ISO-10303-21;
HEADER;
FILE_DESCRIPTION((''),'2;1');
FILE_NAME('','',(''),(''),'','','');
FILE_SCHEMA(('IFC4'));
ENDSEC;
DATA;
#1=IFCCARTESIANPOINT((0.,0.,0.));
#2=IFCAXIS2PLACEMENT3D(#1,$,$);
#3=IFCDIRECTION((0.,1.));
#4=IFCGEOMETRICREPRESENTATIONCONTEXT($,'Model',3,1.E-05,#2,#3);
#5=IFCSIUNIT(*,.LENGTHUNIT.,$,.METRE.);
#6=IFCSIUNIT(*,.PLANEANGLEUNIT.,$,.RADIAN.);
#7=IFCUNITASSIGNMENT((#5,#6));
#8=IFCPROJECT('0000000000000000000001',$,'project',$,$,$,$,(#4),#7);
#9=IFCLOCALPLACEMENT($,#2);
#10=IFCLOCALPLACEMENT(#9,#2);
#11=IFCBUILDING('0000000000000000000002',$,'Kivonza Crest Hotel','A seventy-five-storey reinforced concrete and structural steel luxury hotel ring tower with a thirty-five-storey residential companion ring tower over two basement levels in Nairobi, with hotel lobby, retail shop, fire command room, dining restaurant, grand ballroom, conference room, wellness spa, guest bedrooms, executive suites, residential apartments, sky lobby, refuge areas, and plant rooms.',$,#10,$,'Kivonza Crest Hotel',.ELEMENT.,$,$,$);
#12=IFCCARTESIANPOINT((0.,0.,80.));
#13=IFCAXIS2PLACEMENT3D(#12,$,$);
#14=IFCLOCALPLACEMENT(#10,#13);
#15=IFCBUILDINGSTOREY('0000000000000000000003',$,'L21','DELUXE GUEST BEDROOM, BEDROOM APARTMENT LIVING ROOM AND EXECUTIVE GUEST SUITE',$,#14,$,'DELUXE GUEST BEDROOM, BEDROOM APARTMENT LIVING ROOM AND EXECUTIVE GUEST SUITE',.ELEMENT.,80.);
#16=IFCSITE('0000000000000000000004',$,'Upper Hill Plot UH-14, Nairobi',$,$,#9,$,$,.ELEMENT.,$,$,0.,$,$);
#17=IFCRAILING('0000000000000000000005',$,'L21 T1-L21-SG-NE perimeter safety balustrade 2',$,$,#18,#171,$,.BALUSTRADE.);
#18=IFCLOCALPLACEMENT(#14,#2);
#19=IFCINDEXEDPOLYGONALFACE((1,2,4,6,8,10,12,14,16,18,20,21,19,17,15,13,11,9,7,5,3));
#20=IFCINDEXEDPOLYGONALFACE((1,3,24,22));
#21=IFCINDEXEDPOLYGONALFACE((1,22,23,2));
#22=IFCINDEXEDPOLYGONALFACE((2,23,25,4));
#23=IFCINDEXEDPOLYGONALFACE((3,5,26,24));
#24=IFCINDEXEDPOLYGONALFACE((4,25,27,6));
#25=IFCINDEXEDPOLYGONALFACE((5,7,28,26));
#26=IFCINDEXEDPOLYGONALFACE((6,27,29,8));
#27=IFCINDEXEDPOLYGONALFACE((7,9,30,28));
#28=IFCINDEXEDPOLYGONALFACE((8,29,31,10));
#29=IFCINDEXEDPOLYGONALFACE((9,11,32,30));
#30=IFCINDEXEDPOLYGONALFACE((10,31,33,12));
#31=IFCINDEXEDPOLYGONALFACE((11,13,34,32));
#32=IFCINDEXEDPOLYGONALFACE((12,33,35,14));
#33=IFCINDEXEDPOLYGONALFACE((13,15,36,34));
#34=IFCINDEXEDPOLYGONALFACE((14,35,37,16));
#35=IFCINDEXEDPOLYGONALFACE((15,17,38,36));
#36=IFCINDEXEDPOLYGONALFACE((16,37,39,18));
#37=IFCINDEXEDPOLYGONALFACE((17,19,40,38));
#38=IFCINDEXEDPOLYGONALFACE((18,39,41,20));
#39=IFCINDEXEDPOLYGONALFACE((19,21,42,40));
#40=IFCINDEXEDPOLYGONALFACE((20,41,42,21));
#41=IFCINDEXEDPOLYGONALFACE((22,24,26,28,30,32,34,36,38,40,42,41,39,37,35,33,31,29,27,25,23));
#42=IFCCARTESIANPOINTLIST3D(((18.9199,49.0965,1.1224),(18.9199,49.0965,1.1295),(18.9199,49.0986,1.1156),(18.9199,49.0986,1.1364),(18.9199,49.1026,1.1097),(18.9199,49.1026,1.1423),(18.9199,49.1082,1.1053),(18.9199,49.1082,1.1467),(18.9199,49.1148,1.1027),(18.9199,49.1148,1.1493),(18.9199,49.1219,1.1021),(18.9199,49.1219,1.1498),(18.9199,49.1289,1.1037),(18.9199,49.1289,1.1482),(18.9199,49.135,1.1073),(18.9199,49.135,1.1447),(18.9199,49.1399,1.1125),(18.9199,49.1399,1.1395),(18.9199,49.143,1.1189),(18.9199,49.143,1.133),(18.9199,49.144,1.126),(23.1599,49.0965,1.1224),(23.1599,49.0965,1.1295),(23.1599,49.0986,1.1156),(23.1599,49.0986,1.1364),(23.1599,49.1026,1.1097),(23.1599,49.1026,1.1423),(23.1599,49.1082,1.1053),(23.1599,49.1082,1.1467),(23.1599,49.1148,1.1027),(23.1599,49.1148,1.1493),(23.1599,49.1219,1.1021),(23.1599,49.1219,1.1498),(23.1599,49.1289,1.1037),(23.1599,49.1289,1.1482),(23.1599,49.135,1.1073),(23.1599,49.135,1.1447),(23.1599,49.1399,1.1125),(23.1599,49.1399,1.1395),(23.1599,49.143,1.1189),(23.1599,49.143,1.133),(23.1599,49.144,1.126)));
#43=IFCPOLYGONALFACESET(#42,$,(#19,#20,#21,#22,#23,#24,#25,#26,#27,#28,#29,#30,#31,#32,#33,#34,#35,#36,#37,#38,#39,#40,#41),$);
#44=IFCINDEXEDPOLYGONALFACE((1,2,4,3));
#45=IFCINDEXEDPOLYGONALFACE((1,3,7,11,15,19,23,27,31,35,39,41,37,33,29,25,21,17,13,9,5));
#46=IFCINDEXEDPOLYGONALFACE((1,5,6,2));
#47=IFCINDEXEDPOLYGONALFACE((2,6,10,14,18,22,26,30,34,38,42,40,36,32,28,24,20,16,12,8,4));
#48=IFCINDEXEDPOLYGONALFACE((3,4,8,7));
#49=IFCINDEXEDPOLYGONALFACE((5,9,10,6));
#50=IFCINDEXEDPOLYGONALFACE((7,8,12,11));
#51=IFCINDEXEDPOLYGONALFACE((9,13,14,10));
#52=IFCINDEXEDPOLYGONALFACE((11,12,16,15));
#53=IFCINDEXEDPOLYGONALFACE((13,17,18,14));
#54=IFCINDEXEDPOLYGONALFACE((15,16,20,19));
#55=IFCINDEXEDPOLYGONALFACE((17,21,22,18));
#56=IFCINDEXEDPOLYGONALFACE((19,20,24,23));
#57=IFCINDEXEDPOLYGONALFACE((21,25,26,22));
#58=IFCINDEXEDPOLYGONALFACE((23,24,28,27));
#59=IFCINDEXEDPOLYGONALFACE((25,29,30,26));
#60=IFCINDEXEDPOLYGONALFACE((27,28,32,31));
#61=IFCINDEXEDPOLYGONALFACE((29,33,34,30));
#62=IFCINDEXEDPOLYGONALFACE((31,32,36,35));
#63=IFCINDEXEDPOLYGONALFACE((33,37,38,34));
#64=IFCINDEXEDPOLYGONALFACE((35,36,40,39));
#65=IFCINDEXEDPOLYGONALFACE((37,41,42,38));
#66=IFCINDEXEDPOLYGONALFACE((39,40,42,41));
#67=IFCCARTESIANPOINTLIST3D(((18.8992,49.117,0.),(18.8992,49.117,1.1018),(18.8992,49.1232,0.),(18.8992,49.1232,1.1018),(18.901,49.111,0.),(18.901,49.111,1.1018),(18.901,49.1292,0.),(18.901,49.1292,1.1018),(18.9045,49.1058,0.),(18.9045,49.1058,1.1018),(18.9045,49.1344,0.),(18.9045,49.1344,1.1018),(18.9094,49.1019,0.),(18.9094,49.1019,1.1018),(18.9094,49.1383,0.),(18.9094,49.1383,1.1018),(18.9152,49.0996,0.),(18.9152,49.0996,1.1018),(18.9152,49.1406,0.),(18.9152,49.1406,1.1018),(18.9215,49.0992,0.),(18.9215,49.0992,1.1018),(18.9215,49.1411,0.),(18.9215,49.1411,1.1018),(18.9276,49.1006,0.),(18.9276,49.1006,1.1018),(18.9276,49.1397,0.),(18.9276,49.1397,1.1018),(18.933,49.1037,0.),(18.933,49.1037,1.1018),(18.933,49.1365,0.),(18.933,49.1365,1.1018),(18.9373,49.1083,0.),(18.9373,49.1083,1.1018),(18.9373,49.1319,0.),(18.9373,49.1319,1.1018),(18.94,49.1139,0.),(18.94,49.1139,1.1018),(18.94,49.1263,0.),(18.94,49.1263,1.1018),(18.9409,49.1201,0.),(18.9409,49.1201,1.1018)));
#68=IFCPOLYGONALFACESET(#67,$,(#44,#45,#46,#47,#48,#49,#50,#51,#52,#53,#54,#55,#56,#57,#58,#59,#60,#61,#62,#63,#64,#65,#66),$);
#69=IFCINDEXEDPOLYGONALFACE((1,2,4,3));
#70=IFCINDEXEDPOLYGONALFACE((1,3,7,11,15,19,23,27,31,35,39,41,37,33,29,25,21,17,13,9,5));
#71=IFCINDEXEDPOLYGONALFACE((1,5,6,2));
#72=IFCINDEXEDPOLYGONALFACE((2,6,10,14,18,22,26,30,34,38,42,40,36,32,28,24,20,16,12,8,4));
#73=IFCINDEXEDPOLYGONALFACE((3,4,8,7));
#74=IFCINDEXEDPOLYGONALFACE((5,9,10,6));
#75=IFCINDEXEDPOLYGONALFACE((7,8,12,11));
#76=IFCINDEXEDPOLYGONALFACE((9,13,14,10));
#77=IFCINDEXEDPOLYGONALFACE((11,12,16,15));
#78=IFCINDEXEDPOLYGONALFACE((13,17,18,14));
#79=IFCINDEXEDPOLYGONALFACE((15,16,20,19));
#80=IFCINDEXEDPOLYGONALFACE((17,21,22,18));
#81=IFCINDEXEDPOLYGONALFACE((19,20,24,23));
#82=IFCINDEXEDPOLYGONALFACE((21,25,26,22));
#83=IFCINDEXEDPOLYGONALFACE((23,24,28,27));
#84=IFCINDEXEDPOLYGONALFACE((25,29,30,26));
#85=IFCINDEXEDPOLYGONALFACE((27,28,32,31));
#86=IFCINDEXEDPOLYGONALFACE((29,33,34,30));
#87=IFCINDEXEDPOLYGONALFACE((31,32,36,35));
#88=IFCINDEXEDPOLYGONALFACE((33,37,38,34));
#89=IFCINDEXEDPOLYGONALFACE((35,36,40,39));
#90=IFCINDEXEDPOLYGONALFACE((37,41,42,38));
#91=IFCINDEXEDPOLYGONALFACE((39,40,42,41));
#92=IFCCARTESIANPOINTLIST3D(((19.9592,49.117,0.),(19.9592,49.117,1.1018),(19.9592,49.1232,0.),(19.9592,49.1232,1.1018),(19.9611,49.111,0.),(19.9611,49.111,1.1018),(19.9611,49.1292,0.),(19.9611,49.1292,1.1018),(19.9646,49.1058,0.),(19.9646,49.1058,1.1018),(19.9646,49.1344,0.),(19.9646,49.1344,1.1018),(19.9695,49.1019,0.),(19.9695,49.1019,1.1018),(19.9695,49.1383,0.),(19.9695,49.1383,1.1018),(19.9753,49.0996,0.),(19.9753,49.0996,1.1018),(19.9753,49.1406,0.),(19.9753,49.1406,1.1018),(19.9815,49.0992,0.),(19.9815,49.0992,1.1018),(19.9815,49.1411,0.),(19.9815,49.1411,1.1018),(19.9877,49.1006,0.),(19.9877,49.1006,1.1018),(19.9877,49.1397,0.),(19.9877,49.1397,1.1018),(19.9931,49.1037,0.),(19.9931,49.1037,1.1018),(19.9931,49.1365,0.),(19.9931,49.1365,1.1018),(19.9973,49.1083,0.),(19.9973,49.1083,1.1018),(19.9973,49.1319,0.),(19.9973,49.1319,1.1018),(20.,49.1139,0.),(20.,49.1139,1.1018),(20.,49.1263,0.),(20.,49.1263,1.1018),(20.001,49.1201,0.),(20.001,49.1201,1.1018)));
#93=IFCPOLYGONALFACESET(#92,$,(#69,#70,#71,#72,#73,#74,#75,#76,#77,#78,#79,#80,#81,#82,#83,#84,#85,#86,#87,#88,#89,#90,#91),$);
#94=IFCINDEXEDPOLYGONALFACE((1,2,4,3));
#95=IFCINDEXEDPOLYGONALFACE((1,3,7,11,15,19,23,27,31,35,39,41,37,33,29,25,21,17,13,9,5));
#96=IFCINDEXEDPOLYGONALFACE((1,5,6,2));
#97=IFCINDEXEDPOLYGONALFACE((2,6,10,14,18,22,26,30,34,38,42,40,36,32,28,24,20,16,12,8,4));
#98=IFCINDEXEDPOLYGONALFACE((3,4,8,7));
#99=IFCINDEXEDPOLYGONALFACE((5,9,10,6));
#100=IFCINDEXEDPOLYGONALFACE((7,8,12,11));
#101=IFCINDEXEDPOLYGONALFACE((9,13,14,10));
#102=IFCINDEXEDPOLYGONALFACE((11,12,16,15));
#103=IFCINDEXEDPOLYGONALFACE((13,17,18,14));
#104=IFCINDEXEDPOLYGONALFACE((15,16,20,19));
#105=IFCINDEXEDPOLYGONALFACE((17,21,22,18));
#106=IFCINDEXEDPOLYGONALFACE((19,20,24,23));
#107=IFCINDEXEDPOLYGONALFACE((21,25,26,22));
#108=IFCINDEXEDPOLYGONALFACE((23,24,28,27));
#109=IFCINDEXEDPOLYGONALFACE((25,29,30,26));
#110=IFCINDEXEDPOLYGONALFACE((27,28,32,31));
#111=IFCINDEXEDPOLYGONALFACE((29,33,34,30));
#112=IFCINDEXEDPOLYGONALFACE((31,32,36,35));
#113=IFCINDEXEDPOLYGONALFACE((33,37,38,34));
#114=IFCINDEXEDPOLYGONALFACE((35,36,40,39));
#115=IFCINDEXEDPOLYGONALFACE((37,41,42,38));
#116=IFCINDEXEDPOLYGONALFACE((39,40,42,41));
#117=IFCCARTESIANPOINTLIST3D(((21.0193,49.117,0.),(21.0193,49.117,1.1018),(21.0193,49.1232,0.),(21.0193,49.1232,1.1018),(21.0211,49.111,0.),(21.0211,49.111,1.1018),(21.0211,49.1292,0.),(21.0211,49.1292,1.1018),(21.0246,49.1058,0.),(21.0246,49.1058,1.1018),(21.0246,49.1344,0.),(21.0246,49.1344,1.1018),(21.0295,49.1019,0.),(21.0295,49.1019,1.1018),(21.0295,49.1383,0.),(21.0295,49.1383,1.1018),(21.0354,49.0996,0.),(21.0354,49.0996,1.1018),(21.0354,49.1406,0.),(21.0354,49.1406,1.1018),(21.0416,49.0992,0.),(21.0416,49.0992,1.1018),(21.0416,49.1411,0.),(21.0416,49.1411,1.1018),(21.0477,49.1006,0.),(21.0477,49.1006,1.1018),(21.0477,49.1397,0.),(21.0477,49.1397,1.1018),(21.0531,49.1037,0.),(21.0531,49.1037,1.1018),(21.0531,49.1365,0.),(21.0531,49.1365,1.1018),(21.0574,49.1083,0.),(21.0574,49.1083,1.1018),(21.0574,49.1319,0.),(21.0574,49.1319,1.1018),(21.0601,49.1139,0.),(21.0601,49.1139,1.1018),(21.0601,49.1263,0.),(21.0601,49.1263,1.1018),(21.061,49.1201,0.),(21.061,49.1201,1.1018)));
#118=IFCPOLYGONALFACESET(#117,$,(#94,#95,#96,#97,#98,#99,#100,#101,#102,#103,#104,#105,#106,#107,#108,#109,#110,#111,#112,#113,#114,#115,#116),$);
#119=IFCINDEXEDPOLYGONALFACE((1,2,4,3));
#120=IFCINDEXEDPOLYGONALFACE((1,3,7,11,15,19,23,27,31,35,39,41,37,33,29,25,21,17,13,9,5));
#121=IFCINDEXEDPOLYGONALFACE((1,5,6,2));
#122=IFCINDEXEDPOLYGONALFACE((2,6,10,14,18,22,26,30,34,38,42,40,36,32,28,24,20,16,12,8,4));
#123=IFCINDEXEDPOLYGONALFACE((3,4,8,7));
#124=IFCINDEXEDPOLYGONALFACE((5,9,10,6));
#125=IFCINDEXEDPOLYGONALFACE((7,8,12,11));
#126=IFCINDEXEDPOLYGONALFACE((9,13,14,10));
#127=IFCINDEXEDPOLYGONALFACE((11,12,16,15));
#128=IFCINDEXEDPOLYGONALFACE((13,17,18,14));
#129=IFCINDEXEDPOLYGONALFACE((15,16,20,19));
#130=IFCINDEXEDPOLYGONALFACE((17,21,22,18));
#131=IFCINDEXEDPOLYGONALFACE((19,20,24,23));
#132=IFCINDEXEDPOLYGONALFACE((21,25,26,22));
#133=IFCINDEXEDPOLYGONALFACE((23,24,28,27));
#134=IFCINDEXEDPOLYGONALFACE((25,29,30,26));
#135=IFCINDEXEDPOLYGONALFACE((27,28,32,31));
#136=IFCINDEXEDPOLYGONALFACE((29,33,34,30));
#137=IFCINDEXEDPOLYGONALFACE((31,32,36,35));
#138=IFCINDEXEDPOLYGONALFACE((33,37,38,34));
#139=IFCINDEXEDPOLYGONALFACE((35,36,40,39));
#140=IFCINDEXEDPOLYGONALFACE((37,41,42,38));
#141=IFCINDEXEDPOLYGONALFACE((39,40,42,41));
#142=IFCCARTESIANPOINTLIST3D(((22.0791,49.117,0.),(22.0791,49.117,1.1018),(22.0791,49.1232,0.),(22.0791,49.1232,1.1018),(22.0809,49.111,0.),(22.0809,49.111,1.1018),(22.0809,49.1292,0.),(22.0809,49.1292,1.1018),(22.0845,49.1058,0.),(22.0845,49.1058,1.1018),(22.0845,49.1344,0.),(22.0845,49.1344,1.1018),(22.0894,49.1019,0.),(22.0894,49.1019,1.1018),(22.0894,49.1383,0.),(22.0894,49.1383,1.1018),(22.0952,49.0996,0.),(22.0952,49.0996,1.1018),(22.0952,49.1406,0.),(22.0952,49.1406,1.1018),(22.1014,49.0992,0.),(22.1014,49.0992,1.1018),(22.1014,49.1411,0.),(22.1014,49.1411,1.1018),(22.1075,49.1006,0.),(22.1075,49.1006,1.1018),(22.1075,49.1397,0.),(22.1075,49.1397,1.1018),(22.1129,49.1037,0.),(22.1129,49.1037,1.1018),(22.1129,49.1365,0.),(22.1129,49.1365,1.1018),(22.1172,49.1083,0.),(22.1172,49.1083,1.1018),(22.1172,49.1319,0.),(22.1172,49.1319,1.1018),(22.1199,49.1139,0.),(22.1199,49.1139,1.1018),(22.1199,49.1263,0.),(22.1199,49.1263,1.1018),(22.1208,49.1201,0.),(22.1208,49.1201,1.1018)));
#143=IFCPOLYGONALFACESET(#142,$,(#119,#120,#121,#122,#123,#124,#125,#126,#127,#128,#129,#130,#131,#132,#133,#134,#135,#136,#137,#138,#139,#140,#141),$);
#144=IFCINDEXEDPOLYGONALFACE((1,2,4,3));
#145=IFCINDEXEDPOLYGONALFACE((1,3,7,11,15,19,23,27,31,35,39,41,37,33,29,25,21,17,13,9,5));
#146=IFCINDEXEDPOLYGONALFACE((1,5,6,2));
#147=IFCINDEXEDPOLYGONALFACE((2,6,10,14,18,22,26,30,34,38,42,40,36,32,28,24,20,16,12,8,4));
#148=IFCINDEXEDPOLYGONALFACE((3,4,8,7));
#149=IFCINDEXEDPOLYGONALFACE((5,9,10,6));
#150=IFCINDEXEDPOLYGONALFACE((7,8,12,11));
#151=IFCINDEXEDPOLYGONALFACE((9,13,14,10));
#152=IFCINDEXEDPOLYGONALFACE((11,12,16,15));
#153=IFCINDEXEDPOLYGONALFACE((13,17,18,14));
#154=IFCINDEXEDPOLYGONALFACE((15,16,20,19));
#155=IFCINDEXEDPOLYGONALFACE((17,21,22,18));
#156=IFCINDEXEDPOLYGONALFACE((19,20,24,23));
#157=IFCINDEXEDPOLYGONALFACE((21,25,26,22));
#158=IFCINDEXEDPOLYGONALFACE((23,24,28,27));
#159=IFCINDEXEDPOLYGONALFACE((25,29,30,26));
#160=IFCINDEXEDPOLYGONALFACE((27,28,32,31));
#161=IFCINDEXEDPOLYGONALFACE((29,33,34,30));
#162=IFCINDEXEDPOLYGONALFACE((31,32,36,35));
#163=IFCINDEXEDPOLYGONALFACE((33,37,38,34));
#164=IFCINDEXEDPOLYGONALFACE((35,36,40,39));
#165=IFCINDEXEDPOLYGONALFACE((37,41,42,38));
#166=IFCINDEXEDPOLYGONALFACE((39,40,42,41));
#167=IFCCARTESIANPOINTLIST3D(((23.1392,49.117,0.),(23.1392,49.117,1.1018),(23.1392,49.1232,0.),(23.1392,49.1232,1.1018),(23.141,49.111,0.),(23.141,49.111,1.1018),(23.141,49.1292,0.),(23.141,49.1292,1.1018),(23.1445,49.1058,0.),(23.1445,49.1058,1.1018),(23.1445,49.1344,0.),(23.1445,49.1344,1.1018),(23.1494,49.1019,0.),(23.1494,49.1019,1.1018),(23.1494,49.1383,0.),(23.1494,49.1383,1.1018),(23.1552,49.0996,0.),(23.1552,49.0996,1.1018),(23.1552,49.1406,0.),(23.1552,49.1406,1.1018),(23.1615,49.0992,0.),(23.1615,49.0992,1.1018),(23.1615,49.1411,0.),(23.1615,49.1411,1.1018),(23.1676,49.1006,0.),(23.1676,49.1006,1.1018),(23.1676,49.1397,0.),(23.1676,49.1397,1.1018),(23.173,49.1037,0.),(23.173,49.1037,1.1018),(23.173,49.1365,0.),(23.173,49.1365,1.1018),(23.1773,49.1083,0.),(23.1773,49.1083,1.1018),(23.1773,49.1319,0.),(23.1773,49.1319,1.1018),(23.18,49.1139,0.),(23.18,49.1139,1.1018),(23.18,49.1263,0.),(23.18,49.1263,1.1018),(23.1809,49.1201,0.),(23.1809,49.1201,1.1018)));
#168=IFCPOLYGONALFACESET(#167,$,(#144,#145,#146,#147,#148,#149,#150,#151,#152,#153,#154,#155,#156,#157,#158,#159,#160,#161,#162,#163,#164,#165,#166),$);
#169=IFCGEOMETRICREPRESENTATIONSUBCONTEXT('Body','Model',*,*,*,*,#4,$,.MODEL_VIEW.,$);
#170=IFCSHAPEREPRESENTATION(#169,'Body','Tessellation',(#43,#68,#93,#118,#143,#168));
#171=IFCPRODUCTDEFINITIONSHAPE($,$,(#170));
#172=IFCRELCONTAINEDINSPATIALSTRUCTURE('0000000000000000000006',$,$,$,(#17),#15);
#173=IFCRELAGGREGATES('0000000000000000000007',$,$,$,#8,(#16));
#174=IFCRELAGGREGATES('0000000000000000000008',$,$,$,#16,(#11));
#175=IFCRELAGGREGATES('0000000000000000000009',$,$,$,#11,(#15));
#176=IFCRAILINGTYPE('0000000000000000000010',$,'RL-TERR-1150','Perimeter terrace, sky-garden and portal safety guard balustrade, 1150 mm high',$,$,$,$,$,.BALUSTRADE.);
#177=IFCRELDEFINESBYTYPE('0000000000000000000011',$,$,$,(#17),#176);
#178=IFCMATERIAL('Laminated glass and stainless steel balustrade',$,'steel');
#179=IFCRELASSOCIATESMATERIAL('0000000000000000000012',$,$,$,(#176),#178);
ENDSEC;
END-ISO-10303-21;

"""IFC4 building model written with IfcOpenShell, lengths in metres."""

from ifc_helpers import new_model, si_unit, direction, frame, origin, origin_2d, place, context, subcontext, project, spatial, circle, extrude, material, type_object, element, save


model = new_model("IFC4")

# Units and contexts
model_context = context("Model", 3, precision=1e-05, world=origin(), true_north=direction((0.0, 1.0)))
body_context = subcontext(model_context, "Body", "Model", "MODEL_VIEW")
ifc_project = project(units=[si_unit("LENGTHUNIT", "METRE"), si_unit("PLANEANGLEUNIT", "RADIAN")], contexts=[model_context])

# Site, building, storey
site_placement = place(None, origin())
site = spatial("IfcSite", under=ifc_project, at=site_placement, Name="Upper Hill Plot UH-14, Nairobi", CompositionType="ELEMENT", RefElevation=0.0)
building_placement = place(site_placement, origin())
building = spatial("IfcBuilding", under=site, at=building_placement, Name="Kivonza Crest Hotel", Description="A seventy-five-storey reinforced concrete and structural steel luxury hotel ring tower with a thirty-five-storey residential companion ring tower over two basement levels in Nairobi, with hotel lobby, retail shop, fire command room, dining restaurant, grand ballroom, conference room, wellness spa, guest bedrooms, executive suites, residential apartments, sky lobby, refuge areas, and plant rooms.", LongName="Kivonza Crest Hotel", CompositionType="ELEMENT")
storey_placement = place(building_placement, frame((0.0, 0.0, 80.0)))
storey = spatial("IfcBuildingStorey", under=building, at=storey_placement, Name="L21", Description="DELUXE GUEST BEDROOM, BEDROOM APARTMENT LIVING ROOM AND EXECUTIVE GUEST SUITE", LongName="DELUXE GUEST BEDROOM, BEDROOM APARTMENT LIVING ROOM AND EXECUTIVE GUEST SUITE", CompositionType="ELEMENT", Elevation=80.0)

# Railing
ifc_material_1 = material(Name="Laminated glass and stainless steel balustrade", Category="steel")
railing_type_1 = type_object("IfcRailingType", Name="RL-TERR-1150", Description="Perimeter terrace, sky-garden and portal safety guard balustrade, 1150 mm high", PredefinedType="BALUSTRADE", material=ifc_material_1)
railing_1_placement = place(storey_placement, frame((18.9199, 49.1201, 0.0)))
element("IfcRailing", 1, at=railing_1_placement, inside=storey, type_object=railing_type_1, Name="L21 T1-L21-SG-NE perimeter safety balustrade 2", PredefinedType="BALUSTRADE", context=body_context, shape_type="SweptSolid", body=[
    extrude(circle(Radius=0.0239, at=origin_2d()), frame((0.0, 0.0, 1.126), z_axis=(1.0, 0.0, 0.0), x_axis=(0.0, 1.0, 0.0)), (0.0, 0.0, 1.0), 4.24),
    extrude(circle(Radius=0.021, at=origin_2d()), origin(), (0.0, 0.0, 1.0), 1.1018),
    extrude(circle(Radius=0.021, at=origin_2d()), frame((1.0601, 0.0, 0.0)), (0.0, 0.0, 1.0), 1.1018),
    extrude(circle(Radius=0.021, at=origin_2d()), frame((2.1201, 0.0, 0.0)), (0.0, 0.0, 1.0), 1.1018),
    extrude(circle(Radius=0.021, at=origin_2d()), frame((3.1799, 0.0, 0.0)), (0.0, 0.0, 1.0), 1.1018),
    extrude(circle(Radius=0.021, at=origin_2d()), frame((4.24, 0.0, 0.0)), (0.0, 0.0, 1.0), 1.1018),
])

save(model, "model.ifc")
